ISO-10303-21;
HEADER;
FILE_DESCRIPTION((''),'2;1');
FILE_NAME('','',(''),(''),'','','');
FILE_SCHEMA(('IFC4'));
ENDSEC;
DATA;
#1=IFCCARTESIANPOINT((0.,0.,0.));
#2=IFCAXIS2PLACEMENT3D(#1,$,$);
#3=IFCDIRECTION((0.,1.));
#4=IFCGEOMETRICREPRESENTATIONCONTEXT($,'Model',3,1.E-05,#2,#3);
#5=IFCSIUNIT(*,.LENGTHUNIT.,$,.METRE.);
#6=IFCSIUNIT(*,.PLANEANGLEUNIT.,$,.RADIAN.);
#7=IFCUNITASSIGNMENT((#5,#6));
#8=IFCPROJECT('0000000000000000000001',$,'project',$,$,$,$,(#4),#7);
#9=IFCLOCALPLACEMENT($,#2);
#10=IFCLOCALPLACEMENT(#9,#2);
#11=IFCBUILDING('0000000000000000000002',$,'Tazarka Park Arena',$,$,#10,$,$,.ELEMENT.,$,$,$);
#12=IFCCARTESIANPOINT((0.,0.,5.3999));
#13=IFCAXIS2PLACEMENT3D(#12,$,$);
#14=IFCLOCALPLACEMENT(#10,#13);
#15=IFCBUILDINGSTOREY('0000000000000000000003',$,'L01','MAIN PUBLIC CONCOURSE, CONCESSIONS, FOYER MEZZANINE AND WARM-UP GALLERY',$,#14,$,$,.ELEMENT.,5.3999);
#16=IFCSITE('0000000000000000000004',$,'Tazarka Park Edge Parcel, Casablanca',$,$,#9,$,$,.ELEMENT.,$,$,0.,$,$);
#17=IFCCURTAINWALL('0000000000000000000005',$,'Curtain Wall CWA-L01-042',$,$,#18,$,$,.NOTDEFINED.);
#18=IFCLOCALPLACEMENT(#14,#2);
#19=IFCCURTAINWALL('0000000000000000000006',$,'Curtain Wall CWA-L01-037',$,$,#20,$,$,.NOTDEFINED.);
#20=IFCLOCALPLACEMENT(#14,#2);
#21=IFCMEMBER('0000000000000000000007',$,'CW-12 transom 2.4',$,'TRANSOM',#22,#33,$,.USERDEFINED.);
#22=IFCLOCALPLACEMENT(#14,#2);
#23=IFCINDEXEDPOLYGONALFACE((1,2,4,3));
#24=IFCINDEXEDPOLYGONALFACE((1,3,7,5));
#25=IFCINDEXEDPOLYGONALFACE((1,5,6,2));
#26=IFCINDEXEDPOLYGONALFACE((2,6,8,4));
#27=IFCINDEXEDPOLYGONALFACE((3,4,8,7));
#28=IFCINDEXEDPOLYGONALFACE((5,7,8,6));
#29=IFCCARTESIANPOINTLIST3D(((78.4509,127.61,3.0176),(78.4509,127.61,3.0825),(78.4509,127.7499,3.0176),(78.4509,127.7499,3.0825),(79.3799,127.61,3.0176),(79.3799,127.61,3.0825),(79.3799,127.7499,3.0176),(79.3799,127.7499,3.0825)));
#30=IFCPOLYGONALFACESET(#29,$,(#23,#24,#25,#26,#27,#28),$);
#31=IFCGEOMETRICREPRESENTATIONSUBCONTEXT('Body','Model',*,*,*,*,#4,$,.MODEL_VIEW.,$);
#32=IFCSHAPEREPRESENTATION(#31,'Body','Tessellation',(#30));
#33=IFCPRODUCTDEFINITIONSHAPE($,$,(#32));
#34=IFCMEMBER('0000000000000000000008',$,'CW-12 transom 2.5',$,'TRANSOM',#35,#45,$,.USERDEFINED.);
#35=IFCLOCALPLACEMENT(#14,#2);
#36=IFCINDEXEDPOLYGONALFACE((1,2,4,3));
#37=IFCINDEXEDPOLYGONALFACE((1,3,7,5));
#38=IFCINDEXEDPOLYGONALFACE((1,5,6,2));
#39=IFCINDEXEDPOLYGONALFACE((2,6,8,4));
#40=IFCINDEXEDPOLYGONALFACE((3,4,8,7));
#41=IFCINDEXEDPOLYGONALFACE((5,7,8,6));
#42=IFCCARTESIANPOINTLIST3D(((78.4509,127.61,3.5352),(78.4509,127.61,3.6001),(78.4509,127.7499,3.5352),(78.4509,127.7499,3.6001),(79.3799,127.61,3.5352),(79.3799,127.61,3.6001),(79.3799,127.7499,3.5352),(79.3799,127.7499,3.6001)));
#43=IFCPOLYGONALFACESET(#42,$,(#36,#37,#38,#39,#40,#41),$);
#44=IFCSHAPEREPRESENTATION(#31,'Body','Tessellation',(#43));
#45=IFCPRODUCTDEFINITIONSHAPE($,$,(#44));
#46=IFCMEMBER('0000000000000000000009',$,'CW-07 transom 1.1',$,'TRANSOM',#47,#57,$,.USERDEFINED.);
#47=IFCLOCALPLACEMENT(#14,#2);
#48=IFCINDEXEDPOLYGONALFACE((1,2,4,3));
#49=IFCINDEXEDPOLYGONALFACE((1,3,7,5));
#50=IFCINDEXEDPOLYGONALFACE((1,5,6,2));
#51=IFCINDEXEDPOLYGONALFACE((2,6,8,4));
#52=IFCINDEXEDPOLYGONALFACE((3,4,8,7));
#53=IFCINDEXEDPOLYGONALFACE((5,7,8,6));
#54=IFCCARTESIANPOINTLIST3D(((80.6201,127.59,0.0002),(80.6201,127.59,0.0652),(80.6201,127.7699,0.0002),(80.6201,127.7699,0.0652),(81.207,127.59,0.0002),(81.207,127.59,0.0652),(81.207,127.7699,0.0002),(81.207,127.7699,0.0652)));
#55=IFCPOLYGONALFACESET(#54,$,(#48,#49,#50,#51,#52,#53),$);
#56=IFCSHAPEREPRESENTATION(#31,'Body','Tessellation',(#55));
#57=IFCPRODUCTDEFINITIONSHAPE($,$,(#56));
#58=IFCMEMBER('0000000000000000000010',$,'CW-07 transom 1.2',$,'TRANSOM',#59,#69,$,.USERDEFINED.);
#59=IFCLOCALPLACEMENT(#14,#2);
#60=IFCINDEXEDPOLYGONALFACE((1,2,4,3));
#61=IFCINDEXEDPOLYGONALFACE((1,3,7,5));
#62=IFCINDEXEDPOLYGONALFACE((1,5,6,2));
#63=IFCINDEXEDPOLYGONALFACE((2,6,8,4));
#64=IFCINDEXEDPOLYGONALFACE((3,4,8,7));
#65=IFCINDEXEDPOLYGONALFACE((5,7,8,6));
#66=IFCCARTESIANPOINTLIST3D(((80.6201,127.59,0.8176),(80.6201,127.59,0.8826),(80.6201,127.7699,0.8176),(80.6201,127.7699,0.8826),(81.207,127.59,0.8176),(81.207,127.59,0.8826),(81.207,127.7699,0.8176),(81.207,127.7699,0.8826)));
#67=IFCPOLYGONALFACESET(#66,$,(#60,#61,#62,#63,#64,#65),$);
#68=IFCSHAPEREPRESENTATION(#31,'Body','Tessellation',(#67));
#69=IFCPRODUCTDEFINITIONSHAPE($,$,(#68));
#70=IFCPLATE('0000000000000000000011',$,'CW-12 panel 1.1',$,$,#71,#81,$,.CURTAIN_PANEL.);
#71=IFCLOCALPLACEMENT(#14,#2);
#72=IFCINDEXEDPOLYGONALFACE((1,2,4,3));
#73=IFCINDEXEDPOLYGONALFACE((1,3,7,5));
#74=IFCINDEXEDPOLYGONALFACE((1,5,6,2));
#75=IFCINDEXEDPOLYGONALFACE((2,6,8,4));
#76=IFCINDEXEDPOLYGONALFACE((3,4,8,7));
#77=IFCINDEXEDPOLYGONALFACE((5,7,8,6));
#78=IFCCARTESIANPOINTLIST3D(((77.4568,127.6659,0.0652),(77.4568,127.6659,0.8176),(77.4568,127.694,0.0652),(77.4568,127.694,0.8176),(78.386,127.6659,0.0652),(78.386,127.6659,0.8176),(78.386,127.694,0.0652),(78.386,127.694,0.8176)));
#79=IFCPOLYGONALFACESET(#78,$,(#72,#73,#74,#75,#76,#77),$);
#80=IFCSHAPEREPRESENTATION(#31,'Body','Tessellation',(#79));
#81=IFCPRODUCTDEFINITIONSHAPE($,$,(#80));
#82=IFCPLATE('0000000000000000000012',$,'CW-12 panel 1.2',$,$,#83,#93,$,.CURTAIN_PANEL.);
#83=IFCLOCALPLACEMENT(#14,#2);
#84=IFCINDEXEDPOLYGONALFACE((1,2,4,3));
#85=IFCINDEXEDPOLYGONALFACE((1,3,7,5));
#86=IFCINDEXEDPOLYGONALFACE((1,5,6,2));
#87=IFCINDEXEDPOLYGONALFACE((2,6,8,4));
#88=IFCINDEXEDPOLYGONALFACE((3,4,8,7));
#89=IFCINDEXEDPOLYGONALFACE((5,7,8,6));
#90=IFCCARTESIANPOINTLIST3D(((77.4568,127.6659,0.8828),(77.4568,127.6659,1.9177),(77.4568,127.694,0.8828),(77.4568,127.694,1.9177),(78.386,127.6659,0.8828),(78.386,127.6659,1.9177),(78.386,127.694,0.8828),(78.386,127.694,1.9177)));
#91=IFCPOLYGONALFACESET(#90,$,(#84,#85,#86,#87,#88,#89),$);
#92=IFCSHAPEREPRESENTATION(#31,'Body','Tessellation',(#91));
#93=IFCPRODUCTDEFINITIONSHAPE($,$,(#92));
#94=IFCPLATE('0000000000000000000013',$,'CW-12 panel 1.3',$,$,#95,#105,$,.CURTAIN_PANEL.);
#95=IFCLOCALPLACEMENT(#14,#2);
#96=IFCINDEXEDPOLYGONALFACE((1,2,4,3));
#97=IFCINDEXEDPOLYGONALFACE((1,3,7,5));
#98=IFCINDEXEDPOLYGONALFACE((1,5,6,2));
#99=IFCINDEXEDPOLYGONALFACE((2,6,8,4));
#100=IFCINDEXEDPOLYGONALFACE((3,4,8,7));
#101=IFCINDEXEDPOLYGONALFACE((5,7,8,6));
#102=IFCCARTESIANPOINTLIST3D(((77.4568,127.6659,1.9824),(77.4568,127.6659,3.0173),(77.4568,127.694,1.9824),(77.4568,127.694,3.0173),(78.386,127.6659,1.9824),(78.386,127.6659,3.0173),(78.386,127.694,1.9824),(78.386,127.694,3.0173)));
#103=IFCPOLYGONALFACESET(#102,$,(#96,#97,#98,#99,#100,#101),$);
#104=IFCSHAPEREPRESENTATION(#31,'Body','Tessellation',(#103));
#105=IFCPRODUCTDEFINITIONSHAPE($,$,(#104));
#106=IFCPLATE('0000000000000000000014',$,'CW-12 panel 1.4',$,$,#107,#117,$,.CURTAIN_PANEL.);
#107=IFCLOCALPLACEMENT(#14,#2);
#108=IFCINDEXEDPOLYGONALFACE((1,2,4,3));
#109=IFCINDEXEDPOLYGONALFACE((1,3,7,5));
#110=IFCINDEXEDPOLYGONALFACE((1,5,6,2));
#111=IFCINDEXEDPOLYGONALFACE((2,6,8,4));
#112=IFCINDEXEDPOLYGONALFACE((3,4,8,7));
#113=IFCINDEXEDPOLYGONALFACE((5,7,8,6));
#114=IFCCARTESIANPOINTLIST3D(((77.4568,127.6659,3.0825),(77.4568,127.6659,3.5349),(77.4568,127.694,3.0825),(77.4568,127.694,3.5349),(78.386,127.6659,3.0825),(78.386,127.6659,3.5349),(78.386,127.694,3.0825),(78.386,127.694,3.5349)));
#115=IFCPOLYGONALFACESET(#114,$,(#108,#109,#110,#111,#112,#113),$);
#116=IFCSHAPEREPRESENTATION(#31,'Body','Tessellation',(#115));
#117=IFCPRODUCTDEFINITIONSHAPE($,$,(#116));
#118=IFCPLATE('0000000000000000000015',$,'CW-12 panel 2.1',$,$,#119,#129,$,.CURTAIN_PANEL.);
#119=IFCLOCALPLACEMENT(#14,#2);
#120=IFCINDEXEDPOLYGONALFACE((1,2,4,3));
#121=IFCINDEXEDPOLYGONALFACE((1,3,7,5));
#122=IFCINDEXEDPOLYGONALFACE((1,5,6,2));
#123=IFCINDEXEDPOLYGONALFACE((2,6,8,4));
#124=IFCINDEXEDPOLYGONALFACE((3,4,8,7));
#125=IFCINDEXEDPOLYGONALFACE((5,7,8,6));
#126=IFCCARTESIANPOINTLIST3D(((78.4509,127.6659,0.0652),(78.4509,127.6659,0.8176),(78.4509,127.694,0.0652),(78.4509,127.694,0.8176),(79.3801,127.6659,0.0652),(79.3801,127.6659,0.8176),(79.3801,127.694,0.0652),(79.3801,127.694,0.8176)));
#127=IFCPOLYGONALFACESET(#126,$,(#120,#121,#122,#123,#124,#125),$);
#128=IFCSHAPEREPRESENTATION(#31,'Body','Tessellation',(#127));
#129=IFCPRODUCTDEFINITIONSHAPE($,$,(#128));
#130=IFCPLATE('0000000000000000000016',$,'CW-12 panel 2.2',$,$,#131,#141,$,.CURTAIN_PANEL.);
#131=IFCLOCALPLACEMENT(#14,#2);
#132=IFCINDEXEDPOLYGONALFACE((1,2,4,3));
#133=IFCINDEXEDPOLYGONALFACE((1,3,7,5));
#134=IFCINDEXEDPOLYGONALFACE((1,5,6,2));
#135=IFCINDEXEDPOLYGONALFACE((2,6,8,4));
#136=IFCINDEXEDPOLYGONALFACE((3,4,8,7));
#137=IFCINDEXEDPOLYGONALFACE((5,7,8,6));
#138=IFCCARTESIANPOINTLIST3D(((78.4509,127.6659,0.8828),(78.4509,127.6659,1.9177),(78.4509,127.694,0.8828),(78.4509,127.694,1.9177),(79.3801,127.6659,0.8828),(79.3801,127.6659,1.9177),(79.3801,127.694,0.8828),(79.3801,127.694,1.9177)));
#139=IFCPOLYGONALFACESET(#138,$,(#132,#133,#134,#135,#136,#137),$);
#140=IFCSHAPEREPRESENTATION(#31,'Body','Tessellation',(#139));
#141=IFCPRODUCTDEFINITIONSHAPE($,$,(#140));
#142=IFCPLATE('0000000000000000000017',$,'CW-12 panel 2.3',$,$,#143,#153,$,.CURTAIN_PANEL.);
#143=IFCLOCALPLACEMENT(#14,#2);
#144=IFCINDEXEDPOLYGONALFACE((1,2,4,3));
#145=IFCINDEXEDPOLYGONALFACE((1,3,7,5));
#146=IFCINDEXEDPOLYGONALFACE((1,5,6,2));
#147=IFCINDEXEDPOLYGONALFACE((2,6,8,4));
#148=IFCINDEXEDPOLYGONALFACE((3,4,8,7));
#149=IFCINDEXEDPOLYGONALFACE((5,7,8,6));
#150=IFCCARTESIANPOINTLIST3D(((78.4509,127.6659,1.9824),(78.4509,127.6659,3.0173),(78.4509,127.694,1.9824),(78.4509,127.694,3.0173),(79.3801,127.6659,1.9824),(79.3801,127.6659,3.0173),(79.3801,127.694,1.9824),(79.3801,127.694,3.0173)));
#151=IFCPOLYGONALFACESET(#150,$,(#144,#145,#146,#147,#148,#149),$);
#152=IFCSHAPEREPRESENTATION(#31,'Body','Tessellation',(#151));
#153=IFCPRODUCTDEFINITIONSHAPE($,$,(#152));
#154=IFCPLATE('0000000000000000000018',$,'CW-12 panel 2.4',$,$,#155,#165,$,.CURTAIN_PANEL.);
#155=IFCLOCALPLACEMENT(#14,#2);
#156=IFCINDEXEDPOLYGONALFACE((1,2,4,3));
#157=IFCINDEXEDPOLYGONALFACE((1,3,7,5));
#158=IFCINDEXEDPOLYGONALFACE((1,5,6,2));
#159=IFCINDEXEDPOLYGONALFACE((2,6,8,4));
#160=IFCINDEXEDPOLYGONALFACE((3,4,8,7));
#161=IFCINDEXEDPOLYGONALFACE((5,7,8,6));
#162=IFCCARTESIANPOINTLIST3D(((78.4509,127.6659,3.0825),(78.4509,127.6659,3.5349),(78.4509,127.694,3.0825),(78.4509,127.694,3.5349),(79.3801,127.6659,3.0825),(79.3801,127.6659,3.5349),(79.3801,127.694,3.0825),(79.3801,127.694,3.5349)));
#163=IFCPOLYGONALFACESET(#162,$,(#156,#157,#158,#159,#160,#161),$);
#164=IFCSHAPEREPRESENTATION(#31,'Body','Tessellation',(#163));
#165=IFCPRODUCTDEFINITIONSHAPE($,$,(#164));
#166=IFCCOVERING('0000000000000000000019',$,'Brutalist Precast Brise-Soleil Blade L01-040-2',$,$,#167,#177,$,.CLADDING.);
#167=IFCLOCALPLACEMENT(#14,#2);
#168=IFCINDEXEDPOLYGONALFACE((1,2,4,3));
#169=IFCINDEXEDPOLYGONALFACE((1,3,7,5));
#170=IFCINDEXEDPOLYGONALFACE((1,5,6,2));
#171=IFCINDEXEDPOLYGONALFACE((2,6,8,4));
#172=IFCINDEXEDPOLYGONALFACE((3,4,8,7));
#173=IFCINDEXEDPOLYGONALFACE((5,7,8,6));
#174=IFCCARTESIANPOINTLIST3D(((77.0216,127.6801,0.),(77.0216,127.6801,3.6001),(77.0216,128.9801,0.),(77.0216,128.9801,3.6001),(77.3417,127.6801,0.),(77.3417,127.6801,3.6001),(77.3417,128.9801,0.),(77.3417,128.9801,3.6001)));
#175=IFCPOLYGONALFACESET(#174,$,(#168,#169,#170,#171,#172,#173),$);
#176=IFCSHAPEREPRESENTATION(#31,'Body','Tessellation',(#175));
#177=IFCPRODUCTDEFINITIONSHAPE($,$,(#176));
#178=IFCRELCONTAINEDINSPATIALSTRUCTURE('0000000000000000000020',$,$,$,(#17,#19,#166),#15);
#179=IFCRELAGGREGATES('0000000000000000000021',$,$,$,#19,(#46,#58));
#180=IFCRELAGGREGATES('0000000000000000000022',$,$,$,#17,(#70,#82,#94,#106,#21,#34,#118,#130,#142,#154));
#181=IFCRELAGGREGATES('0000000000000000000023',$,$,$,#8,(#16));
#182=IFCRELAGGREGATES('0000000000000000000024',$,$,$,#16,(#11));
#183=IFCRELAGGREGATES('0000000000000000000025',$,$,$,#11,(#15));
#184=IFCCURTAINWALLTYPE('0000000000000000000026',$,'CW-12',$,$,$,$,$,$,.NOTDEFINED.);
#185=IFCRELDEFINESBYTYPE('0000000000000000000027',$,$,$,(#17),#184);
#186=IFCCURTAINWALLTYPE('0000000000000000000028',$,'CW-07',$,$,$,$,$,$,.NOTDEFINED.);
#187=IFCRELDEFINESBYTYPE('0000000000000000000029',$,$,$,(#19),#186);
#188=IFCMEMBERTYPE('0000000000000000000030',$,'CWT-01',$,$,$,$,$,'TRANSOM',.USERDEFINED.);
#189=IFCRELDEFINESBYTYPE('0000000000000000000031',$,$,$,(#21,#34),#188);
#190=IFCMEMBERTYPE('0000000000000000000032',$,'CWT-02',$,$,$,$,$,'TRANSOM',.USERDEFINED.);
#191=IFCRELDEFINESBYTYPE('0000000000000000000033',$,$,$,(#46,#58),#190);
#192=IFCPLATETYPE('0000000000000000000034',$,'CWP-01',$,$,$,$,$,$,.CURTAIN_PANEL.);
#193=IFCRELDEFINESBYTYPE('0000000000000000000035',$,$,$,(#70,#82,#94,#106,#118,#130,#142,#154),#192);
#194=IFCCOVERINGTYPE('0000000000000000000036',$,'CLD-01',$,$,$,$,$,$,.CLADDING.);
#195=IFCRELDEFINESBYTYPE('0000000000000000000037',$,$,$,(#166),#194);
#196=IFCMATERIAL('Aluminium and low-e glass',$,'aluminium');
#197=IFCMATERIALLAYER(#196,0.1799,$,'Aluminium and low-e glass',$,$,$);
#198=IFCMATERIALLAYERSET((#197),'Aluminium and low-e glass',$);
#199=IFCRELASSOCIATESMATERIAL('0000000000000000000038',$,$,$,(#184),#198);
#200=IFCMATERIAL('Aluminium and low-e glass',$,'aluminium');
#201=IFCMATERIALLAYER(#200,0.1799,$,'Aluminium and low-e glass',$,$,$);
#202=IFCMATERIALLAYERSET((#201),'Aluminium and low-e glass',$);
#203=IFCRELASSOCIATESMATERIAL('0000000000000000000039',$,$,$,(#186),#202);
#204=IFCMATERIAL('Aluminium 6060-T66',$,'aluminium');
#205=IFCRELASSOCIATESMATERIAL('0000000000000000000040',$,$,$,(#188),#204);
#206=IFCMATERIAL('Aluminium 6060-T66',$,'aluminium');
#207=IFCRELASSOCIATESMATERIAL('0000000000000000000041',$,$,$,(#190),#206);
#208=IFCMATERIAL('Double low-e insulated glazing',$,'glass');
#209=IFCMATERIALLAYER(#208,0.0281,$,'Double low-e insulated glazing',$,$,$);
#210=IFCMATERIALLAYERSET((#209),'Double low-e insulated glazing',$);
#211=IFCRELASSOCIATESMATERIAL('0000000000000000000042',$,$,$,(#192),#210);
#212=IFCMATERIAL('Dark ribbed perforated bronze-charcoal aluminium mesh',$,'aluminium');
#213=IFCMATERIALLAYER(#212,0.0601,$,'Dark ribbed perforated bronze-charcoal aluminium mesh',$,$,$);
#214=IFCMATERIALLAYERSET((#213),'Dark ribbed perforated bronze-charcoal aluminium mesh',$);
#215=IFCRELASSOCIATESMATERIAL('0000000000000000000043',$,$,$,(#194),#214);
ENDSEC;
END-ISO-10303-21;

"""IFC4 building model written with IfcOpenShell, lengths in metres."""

from ifc_helpers import new_model, si_unit, direction, frame, origin, origin_2d, place, context, subcontext, project, spatial, rectangle, extrude, material, layer, layer_set, material_profile, profile_set, type_object, element, aggregate, save


model = new_model("IFC4")

# Units and contexts
model_context = context("Model", 3, precision=1e-05, world=origin(), true_north=direction((0.0, 1.0)))
body_context = subcontext(model_context, "Body", "Model", "MODEL_VIEW")
ifc_project = project(units=[si_unit("LENGTHUNIT", "METRE"), si_unit("PLANEANGLEUNIT", "RADIAN")], contexts=[model_context])

# Site, building, storey
site_placement = place(None, origin())
site = spatial("IfcSite", under=ifc_project, at=site_placement, Name="Tazarka Park Edge Parcel, Casablanca", CompositionType="ELEMENT", RefElevation=0.0)
building_placement = place(site_placement, origin())
building = spatial("IfcBuilding", under=site, at=building_placement, Name="Tazarka Park Arena", CompositionType="ELEMENT")
storey_placement = place(building_placement, frame((0.0, 0.0, 5.3999)))
storey = spatial("IfcBuildingStorey", under=building, at=storey_placement, Name="L01", Description="MAIN PUBLIC CONCOURSE, CONCESSIONS, FOYER MEZZANINE AND WARM-UP GALLERY", CompositionType="ELEMENT", Elevation=5.3999)

# Curtain wall
ifc_material_1 = material(Name="Aluminium and low-e glass", Category="aluminium")
ifc_layer_1 = layer(ifc_material_1, 0.1799, Name="Aluminium and low-e glass")
ifc_layer_set_1 = layer_set([ifc_layer_1], Name="Aluminium and low-e glass")
curtain_wall_type_1 = type_object("IfcCurtainWallType", Name="CW-12", PredefinedType="NOTDEFINED", material=ifc_layer_set_1)
curtain_wall_1_placement = place(storey_placement, origin())
curtain_wall_1 = element("IfcCurtainWall", 1, at=curtain_wall_1_placement, inside=storey, type_object=curtain_wall_type_1, Name="Curtain Wall CWA-L01-042", PredefinedType="NOTDEFINED")

# Curtain wall
ifc_material_2 = material(Name="Aluminium and low-e glass", Category="aluminium")
ifc_layer_2 = layer(ifc_material_2, 0.1799, Name="Aluminium and low-e glass")
ifc_layer_set_2 = layer_set([ifc_layer_2], Name="Aluminium and low-e glass")
curtain_wall_type_2 = type_object("IfcCurtainWallType", Name="CW-07", PredefinedType="NOTDEFINED", material=ifc_layer_set_2)
curtain_wall_2_placement = place(storey_placement, origin())
curtain_wall_2 = element("IfcCurtainWall", 2, at=curtain_wall_2_placement, inside=storey, type_object=curtain_wall_type_2, Name="Curtain Wall CWA-L01-037", PredefinedType="NOTDEFINED")

# Members
ifc_material_3 = material(Name="Aluminium 6060-T66", Category="aluminium")
ifc_material_profile_1 = material_profile(ifc_material_3, rectangle(XDim=0.1399, YDim=0.0649, at=origin_2d()), Name="Aluminium 6060-T66")
ifc_profile_set_1 = profile_set([ifc_material_profile_1], Name="Aluminium 6060-T66")
member_type_1 = type_object("IfcMemberType", Name="CWT-01", ElementType="TRANSOM", PredefinedType="USERDEFINED", material=ifc_profile_set_1)
member_1_placement = place(storey_placement, frame((78.4509, 127.6799, 3.05), z_axis=(1.0, 0.0, 0.0), x_axis=(0.0, 1.0, 0.0)))
member_1 = element("IfcMember", 3, at=member_1_placement, type_object=member_type_1, Name="CW-12 transom 2.4", ObjectType="TRANSOM", PredefinedType="USERDEFINED", context=body_context, shape_type="SweptSolid", body=[
    extrude(rectangle(XDim=0.1399, YDim=0.0649, at=origin_2d()), origin(), (0.0, 0.0, 1.0), 0.929),
])
member_2_placement = place(storey_placement, frame((78.4509, 127.6799, 3.5676), z_axis=(1.0, 0.0, 0.0), x_axis=(0.0, 1.0, 0.0)))
member_2 = element("IfcMember", 4, at=member_2_placement, type_object=member_type_1, Name="CW-12 transom 2.5", ObjectType="TRANSOM", PredefinedType="USERDEFINED", context=body_context, shape_type="SweptSolid", body=[
    extrude(rectangle(XDim=0.1399, YDim=0.0649, at=origin_2d()), origin(), (0.0, 0.0, 1.0), 0.929),
])
ifc_material_4 = material(Name="Aluminium 6060-T66", Category="aluminium")
ifc_material_profile_2 = material_profile(ifc_material_4, rectangle(XDim=0.1799, YDim=0.0649, at=origin_2d()), Name="Aluminium 6060-T66")
ifc_profile_set_2 = profile_set([ifc_material_profile_2], Name="Aluminium 6060-T66")
member_type_2 = type_object("IfcMemberType", Name="CWT-02", ElementType="TRANSOM", PredefinedType="USERDEFINED", material=ifc_profile_set_2)
member_3_placement = place(storey_placement, frame((80.6201, 127.6799, 0.0327), z_axis=(1.0, 0.0, 0.0), x_axis=(0.0, 1.0, 0.0)))
member_3 = element("IfcMember", 5, at=member_3_placement, type_object=member_type_2, Name="CW-07 transom 1.1", ObjectType="TRANSOM", PredefinedType="USERDEFINED", context=body_context, shape_type="SweptSolid", body=[
    extrude(rectangle(XDim=0.1799, YDim=0.0649, at=origin_2d()), origin(), (0.0, 0.0, 1.0), 0.5869),
])
member_4_placement = place(storey_placement, frame((80.6201, 127.6799, 0.8501), z_axis=(1.0, 0.0, 0.0), x_axis=(0.0, 1.0, 0.0)))
member_4 = element("IfcMember", 6, at=member_4_placement, type_object=member_type_2, Name="CW-07 transom 1.2", ObjectType="TRANSOM", PredefinedType="USERDEFINED", context=body_context, shape_type="SweptSolid", body=[
    extrude(rectangle(XDim=0.1799, YDim=0.0649, at=origin_2d()), origin(), (0.0, 0.0, 1.0), 0.5869),
])
aggregate(curtain_wall_2, [member_3, member_4])

# Plates
ifc_material_5 = material(Name="Double low-e insulated glazing", Category="glass")
ifc_layer_3 = layer(ifc_material_5, 0.0281, Name="Double low-e insulated glazing")
ifc_layer_set_3 = layer_set([ifc_layer_3], Name="Double low-e insulated glazing")
plate_type = type_object("IfcPlateType", Name="CWP-01", PredefinedType="CURTAIN_PANEL", material=ifc_layer_set_3)
plate_1_placement = place(storey_placement, frame((77.9214, 127.6799, 0.0652), z_axis=(0.0, 0.0, 1.0), x_axis=(1.0, 0.0, 0.0)))
plate_1 = element("IfcPlate", 7, at=plate_1_placement, type_object=plate_type, Name="CW-12 panel 1.1", PredefinedType="CURTAIN_PANEL", context=body_context, shape_type="SweptSolid", body=[
    extrude(rectangle(XDim=0.9292, YDim=0.0281, at=origin_2d()), origin(), (0.0, 0.0, 1.0), 0.7524),
])
plate_2_placement = place(storey_placement, frame((77.9214, 127.6799, 0.8828), z_axis=(0.0, 0.0, 1.0), x_axis=(1.0, 0.0, 0.0)))
plate_2 = element("IfcPlate", 8, at=plate_2_placement, type_object=plate_type, Name="CW-12 panel 1.2", PredefinedType="CURTAIN_PANEL", context=body_context, shape_type="SweptSolid", body=[
    extrude(rectangle(XDim=0.9292, YDim=0.0281, at=origin_2d()), origin(), (0.0, 0.0, 1.0), 1.0349),
])
plate_3_placement = place(storey_placement, frame((77.9214, 127.6799, 1.9824), z_axis=(0.0, 0.0, 1.0), x_axis=(1.0, 0.0, 0.0)))
plate_3 = element("IfcPlate", 9, at=plate_3_placement, type_object=plate_type, Name="CW-12 panel 1.3", PredefinedType="CURTAIN_PANEL", context=body_context, shape_type="SweptSolid", body=[
    extrude(rectangle(XDim=0.9292, YDim=0.0281, at=origin_2d()), origin(), (0.0, 0.0, 1.0), 1.0349),
])
plate_4_placement = place(storey_placement, frame((77.9214, 127.6799, 3.0825), z_axis=(0.0, 0.0, 1.0), x_axis=(1.0, 0.0, 0.0)))
plate_4 = element("IfcPlate", 10, at=plate_4_placement, type_object=plate_type, Name="CW-12 panel 1.4", PredefinedType="CURTAIN_PANEL", context=body_context, shape_type="SweptSolid", body=[
    extrude(rectangle(XDim=0.9292, YDim=0.0281, at=origin_2d()), origin(), (0.0, 0.0, 1.0), 0.4524),
])
plate_5_placement = place(storey_placement, frame((78.9155, 127.6799, 0.0652), z_axis=(0.0, 0.0, 1.0), x_axis=(1.0, 0.0, 0.0)))
plate_5 = element("IfcPlate", 11, at=plate_5_placement, type_object=plate_type, Name="CW-12 panel 2.1", PredefinedType="CURTAIN_PANEL", context=body_context, shape_type="SweptSolid", body=[
    extrude(rectangle(XDim=0.9292, YDim=0.0281, at=origin_2d()), origin(), (0.0, 0.0, 1.0), 0.7524),
])
plate_6_placement = place(storey_placement, frame((78.9155, 127.6799, 0.8828), z_axis=(0.0, 0.0, 1.0), x_axis=(1.0, 0.0, 0.0)))
plate_6 = element("IfcPlate", 12, at=plate_6_placement, type_object=plate_type, Name="CW-12 panel 2.2", PredefinedType="CURTAIN_PANEL", context=body_context, shape_type="SweptSolid", body=[
    extrude(rectangle(XDim=0.9292, YDim=0.0281, at=origin_2d()), origin(), (0.0, 0.0, 1.0), 1.0349),
])
plate_7_placement = place(storey_placement, frame((78.9155, 127.6799, 1.9824), z_axis=(0.0, 0.0, 1.0), x_axis=(1.0, 0.0, 0.0)))
plate_7 = element("IfcPlate", 13, at=plate_7_placement, type_object=plate_type, Name="CW-12 panel 2.3", PredefinedType="CURTAIN_PANEL", context=body_context, shape_type="SweptSolid", body=[
    extrude(rectangle(XDim=0.9292, YDim=0.0281, at=origin_2d()), origin(), (0.0, 0.0, 1.0), 1.0349),
])
plate_8_placement = place(storey_placement, frame((78.9155, 127.6799, 3.0825), z_axis=(0.0, 0.0, 1.0), x_axis=(1.0, 0.0, 0.0)))
plate_8 = element("IfcPlate", 14, at=plate_8_placement, type_object=plate_type, Name="CW-12 panel 2.4", PredefinedType="CURTAIN_PANEL", context=body_context, shape_type="SweptSolid", body=[
    extrude(rectangle(XDim=0.9292, YDim=0.0281, at=origin_2d()), origin(), (0.0, 0.0, 1.0), 0.4524),
])
aggregate(curtain_wall_1, [plate_1, plate_2, plate_3, plate_4, member_1, member_2, plate_5, plate_6, plate_7, plate_8])

# Covering
ifc_material_6 = material(Name="Dark ribbed perforated bronze-charcoal aluminium mesh", Category="aluminium")
ifc_layer_4 = layer(ifc_material_6, 0.0601, Name="Dark ribbed perforated bronze-charcoal aluminium mesh")
ifc_layer_set_4 = layer_set([ifc_layer_4], Name="Dark ribbed perforated bronze-charcoal aluminium mesh")
covering_type = type_object("IfcCoveringType", Name="CLD-01", PredefinedType="CLADDING", material=ifc_layer_set_4)
covering_placement = place(storey_placement, frame((77.1816, 128.3301, 0.0), z_axis=(0.0, 0.0, 1.0), x_axis=(1.0, 0.0, 0.0)))
element("IfcCovering", 15, at=covering_placement, inside=storey, type_object=covering_type, Name="Brutalist Precast Brise-Soleil Blade L01-040-2", PredefinedType="CLADDING", context=body_context, shape_type="SweptSolid", body=[
    extrude(rectangle(XDim=0.3201, YDim=1.3, at=origin_2d()), origin(), (0.0, 0.0, 1.0), 3.6001),
])

save(model, "model.ifc")
